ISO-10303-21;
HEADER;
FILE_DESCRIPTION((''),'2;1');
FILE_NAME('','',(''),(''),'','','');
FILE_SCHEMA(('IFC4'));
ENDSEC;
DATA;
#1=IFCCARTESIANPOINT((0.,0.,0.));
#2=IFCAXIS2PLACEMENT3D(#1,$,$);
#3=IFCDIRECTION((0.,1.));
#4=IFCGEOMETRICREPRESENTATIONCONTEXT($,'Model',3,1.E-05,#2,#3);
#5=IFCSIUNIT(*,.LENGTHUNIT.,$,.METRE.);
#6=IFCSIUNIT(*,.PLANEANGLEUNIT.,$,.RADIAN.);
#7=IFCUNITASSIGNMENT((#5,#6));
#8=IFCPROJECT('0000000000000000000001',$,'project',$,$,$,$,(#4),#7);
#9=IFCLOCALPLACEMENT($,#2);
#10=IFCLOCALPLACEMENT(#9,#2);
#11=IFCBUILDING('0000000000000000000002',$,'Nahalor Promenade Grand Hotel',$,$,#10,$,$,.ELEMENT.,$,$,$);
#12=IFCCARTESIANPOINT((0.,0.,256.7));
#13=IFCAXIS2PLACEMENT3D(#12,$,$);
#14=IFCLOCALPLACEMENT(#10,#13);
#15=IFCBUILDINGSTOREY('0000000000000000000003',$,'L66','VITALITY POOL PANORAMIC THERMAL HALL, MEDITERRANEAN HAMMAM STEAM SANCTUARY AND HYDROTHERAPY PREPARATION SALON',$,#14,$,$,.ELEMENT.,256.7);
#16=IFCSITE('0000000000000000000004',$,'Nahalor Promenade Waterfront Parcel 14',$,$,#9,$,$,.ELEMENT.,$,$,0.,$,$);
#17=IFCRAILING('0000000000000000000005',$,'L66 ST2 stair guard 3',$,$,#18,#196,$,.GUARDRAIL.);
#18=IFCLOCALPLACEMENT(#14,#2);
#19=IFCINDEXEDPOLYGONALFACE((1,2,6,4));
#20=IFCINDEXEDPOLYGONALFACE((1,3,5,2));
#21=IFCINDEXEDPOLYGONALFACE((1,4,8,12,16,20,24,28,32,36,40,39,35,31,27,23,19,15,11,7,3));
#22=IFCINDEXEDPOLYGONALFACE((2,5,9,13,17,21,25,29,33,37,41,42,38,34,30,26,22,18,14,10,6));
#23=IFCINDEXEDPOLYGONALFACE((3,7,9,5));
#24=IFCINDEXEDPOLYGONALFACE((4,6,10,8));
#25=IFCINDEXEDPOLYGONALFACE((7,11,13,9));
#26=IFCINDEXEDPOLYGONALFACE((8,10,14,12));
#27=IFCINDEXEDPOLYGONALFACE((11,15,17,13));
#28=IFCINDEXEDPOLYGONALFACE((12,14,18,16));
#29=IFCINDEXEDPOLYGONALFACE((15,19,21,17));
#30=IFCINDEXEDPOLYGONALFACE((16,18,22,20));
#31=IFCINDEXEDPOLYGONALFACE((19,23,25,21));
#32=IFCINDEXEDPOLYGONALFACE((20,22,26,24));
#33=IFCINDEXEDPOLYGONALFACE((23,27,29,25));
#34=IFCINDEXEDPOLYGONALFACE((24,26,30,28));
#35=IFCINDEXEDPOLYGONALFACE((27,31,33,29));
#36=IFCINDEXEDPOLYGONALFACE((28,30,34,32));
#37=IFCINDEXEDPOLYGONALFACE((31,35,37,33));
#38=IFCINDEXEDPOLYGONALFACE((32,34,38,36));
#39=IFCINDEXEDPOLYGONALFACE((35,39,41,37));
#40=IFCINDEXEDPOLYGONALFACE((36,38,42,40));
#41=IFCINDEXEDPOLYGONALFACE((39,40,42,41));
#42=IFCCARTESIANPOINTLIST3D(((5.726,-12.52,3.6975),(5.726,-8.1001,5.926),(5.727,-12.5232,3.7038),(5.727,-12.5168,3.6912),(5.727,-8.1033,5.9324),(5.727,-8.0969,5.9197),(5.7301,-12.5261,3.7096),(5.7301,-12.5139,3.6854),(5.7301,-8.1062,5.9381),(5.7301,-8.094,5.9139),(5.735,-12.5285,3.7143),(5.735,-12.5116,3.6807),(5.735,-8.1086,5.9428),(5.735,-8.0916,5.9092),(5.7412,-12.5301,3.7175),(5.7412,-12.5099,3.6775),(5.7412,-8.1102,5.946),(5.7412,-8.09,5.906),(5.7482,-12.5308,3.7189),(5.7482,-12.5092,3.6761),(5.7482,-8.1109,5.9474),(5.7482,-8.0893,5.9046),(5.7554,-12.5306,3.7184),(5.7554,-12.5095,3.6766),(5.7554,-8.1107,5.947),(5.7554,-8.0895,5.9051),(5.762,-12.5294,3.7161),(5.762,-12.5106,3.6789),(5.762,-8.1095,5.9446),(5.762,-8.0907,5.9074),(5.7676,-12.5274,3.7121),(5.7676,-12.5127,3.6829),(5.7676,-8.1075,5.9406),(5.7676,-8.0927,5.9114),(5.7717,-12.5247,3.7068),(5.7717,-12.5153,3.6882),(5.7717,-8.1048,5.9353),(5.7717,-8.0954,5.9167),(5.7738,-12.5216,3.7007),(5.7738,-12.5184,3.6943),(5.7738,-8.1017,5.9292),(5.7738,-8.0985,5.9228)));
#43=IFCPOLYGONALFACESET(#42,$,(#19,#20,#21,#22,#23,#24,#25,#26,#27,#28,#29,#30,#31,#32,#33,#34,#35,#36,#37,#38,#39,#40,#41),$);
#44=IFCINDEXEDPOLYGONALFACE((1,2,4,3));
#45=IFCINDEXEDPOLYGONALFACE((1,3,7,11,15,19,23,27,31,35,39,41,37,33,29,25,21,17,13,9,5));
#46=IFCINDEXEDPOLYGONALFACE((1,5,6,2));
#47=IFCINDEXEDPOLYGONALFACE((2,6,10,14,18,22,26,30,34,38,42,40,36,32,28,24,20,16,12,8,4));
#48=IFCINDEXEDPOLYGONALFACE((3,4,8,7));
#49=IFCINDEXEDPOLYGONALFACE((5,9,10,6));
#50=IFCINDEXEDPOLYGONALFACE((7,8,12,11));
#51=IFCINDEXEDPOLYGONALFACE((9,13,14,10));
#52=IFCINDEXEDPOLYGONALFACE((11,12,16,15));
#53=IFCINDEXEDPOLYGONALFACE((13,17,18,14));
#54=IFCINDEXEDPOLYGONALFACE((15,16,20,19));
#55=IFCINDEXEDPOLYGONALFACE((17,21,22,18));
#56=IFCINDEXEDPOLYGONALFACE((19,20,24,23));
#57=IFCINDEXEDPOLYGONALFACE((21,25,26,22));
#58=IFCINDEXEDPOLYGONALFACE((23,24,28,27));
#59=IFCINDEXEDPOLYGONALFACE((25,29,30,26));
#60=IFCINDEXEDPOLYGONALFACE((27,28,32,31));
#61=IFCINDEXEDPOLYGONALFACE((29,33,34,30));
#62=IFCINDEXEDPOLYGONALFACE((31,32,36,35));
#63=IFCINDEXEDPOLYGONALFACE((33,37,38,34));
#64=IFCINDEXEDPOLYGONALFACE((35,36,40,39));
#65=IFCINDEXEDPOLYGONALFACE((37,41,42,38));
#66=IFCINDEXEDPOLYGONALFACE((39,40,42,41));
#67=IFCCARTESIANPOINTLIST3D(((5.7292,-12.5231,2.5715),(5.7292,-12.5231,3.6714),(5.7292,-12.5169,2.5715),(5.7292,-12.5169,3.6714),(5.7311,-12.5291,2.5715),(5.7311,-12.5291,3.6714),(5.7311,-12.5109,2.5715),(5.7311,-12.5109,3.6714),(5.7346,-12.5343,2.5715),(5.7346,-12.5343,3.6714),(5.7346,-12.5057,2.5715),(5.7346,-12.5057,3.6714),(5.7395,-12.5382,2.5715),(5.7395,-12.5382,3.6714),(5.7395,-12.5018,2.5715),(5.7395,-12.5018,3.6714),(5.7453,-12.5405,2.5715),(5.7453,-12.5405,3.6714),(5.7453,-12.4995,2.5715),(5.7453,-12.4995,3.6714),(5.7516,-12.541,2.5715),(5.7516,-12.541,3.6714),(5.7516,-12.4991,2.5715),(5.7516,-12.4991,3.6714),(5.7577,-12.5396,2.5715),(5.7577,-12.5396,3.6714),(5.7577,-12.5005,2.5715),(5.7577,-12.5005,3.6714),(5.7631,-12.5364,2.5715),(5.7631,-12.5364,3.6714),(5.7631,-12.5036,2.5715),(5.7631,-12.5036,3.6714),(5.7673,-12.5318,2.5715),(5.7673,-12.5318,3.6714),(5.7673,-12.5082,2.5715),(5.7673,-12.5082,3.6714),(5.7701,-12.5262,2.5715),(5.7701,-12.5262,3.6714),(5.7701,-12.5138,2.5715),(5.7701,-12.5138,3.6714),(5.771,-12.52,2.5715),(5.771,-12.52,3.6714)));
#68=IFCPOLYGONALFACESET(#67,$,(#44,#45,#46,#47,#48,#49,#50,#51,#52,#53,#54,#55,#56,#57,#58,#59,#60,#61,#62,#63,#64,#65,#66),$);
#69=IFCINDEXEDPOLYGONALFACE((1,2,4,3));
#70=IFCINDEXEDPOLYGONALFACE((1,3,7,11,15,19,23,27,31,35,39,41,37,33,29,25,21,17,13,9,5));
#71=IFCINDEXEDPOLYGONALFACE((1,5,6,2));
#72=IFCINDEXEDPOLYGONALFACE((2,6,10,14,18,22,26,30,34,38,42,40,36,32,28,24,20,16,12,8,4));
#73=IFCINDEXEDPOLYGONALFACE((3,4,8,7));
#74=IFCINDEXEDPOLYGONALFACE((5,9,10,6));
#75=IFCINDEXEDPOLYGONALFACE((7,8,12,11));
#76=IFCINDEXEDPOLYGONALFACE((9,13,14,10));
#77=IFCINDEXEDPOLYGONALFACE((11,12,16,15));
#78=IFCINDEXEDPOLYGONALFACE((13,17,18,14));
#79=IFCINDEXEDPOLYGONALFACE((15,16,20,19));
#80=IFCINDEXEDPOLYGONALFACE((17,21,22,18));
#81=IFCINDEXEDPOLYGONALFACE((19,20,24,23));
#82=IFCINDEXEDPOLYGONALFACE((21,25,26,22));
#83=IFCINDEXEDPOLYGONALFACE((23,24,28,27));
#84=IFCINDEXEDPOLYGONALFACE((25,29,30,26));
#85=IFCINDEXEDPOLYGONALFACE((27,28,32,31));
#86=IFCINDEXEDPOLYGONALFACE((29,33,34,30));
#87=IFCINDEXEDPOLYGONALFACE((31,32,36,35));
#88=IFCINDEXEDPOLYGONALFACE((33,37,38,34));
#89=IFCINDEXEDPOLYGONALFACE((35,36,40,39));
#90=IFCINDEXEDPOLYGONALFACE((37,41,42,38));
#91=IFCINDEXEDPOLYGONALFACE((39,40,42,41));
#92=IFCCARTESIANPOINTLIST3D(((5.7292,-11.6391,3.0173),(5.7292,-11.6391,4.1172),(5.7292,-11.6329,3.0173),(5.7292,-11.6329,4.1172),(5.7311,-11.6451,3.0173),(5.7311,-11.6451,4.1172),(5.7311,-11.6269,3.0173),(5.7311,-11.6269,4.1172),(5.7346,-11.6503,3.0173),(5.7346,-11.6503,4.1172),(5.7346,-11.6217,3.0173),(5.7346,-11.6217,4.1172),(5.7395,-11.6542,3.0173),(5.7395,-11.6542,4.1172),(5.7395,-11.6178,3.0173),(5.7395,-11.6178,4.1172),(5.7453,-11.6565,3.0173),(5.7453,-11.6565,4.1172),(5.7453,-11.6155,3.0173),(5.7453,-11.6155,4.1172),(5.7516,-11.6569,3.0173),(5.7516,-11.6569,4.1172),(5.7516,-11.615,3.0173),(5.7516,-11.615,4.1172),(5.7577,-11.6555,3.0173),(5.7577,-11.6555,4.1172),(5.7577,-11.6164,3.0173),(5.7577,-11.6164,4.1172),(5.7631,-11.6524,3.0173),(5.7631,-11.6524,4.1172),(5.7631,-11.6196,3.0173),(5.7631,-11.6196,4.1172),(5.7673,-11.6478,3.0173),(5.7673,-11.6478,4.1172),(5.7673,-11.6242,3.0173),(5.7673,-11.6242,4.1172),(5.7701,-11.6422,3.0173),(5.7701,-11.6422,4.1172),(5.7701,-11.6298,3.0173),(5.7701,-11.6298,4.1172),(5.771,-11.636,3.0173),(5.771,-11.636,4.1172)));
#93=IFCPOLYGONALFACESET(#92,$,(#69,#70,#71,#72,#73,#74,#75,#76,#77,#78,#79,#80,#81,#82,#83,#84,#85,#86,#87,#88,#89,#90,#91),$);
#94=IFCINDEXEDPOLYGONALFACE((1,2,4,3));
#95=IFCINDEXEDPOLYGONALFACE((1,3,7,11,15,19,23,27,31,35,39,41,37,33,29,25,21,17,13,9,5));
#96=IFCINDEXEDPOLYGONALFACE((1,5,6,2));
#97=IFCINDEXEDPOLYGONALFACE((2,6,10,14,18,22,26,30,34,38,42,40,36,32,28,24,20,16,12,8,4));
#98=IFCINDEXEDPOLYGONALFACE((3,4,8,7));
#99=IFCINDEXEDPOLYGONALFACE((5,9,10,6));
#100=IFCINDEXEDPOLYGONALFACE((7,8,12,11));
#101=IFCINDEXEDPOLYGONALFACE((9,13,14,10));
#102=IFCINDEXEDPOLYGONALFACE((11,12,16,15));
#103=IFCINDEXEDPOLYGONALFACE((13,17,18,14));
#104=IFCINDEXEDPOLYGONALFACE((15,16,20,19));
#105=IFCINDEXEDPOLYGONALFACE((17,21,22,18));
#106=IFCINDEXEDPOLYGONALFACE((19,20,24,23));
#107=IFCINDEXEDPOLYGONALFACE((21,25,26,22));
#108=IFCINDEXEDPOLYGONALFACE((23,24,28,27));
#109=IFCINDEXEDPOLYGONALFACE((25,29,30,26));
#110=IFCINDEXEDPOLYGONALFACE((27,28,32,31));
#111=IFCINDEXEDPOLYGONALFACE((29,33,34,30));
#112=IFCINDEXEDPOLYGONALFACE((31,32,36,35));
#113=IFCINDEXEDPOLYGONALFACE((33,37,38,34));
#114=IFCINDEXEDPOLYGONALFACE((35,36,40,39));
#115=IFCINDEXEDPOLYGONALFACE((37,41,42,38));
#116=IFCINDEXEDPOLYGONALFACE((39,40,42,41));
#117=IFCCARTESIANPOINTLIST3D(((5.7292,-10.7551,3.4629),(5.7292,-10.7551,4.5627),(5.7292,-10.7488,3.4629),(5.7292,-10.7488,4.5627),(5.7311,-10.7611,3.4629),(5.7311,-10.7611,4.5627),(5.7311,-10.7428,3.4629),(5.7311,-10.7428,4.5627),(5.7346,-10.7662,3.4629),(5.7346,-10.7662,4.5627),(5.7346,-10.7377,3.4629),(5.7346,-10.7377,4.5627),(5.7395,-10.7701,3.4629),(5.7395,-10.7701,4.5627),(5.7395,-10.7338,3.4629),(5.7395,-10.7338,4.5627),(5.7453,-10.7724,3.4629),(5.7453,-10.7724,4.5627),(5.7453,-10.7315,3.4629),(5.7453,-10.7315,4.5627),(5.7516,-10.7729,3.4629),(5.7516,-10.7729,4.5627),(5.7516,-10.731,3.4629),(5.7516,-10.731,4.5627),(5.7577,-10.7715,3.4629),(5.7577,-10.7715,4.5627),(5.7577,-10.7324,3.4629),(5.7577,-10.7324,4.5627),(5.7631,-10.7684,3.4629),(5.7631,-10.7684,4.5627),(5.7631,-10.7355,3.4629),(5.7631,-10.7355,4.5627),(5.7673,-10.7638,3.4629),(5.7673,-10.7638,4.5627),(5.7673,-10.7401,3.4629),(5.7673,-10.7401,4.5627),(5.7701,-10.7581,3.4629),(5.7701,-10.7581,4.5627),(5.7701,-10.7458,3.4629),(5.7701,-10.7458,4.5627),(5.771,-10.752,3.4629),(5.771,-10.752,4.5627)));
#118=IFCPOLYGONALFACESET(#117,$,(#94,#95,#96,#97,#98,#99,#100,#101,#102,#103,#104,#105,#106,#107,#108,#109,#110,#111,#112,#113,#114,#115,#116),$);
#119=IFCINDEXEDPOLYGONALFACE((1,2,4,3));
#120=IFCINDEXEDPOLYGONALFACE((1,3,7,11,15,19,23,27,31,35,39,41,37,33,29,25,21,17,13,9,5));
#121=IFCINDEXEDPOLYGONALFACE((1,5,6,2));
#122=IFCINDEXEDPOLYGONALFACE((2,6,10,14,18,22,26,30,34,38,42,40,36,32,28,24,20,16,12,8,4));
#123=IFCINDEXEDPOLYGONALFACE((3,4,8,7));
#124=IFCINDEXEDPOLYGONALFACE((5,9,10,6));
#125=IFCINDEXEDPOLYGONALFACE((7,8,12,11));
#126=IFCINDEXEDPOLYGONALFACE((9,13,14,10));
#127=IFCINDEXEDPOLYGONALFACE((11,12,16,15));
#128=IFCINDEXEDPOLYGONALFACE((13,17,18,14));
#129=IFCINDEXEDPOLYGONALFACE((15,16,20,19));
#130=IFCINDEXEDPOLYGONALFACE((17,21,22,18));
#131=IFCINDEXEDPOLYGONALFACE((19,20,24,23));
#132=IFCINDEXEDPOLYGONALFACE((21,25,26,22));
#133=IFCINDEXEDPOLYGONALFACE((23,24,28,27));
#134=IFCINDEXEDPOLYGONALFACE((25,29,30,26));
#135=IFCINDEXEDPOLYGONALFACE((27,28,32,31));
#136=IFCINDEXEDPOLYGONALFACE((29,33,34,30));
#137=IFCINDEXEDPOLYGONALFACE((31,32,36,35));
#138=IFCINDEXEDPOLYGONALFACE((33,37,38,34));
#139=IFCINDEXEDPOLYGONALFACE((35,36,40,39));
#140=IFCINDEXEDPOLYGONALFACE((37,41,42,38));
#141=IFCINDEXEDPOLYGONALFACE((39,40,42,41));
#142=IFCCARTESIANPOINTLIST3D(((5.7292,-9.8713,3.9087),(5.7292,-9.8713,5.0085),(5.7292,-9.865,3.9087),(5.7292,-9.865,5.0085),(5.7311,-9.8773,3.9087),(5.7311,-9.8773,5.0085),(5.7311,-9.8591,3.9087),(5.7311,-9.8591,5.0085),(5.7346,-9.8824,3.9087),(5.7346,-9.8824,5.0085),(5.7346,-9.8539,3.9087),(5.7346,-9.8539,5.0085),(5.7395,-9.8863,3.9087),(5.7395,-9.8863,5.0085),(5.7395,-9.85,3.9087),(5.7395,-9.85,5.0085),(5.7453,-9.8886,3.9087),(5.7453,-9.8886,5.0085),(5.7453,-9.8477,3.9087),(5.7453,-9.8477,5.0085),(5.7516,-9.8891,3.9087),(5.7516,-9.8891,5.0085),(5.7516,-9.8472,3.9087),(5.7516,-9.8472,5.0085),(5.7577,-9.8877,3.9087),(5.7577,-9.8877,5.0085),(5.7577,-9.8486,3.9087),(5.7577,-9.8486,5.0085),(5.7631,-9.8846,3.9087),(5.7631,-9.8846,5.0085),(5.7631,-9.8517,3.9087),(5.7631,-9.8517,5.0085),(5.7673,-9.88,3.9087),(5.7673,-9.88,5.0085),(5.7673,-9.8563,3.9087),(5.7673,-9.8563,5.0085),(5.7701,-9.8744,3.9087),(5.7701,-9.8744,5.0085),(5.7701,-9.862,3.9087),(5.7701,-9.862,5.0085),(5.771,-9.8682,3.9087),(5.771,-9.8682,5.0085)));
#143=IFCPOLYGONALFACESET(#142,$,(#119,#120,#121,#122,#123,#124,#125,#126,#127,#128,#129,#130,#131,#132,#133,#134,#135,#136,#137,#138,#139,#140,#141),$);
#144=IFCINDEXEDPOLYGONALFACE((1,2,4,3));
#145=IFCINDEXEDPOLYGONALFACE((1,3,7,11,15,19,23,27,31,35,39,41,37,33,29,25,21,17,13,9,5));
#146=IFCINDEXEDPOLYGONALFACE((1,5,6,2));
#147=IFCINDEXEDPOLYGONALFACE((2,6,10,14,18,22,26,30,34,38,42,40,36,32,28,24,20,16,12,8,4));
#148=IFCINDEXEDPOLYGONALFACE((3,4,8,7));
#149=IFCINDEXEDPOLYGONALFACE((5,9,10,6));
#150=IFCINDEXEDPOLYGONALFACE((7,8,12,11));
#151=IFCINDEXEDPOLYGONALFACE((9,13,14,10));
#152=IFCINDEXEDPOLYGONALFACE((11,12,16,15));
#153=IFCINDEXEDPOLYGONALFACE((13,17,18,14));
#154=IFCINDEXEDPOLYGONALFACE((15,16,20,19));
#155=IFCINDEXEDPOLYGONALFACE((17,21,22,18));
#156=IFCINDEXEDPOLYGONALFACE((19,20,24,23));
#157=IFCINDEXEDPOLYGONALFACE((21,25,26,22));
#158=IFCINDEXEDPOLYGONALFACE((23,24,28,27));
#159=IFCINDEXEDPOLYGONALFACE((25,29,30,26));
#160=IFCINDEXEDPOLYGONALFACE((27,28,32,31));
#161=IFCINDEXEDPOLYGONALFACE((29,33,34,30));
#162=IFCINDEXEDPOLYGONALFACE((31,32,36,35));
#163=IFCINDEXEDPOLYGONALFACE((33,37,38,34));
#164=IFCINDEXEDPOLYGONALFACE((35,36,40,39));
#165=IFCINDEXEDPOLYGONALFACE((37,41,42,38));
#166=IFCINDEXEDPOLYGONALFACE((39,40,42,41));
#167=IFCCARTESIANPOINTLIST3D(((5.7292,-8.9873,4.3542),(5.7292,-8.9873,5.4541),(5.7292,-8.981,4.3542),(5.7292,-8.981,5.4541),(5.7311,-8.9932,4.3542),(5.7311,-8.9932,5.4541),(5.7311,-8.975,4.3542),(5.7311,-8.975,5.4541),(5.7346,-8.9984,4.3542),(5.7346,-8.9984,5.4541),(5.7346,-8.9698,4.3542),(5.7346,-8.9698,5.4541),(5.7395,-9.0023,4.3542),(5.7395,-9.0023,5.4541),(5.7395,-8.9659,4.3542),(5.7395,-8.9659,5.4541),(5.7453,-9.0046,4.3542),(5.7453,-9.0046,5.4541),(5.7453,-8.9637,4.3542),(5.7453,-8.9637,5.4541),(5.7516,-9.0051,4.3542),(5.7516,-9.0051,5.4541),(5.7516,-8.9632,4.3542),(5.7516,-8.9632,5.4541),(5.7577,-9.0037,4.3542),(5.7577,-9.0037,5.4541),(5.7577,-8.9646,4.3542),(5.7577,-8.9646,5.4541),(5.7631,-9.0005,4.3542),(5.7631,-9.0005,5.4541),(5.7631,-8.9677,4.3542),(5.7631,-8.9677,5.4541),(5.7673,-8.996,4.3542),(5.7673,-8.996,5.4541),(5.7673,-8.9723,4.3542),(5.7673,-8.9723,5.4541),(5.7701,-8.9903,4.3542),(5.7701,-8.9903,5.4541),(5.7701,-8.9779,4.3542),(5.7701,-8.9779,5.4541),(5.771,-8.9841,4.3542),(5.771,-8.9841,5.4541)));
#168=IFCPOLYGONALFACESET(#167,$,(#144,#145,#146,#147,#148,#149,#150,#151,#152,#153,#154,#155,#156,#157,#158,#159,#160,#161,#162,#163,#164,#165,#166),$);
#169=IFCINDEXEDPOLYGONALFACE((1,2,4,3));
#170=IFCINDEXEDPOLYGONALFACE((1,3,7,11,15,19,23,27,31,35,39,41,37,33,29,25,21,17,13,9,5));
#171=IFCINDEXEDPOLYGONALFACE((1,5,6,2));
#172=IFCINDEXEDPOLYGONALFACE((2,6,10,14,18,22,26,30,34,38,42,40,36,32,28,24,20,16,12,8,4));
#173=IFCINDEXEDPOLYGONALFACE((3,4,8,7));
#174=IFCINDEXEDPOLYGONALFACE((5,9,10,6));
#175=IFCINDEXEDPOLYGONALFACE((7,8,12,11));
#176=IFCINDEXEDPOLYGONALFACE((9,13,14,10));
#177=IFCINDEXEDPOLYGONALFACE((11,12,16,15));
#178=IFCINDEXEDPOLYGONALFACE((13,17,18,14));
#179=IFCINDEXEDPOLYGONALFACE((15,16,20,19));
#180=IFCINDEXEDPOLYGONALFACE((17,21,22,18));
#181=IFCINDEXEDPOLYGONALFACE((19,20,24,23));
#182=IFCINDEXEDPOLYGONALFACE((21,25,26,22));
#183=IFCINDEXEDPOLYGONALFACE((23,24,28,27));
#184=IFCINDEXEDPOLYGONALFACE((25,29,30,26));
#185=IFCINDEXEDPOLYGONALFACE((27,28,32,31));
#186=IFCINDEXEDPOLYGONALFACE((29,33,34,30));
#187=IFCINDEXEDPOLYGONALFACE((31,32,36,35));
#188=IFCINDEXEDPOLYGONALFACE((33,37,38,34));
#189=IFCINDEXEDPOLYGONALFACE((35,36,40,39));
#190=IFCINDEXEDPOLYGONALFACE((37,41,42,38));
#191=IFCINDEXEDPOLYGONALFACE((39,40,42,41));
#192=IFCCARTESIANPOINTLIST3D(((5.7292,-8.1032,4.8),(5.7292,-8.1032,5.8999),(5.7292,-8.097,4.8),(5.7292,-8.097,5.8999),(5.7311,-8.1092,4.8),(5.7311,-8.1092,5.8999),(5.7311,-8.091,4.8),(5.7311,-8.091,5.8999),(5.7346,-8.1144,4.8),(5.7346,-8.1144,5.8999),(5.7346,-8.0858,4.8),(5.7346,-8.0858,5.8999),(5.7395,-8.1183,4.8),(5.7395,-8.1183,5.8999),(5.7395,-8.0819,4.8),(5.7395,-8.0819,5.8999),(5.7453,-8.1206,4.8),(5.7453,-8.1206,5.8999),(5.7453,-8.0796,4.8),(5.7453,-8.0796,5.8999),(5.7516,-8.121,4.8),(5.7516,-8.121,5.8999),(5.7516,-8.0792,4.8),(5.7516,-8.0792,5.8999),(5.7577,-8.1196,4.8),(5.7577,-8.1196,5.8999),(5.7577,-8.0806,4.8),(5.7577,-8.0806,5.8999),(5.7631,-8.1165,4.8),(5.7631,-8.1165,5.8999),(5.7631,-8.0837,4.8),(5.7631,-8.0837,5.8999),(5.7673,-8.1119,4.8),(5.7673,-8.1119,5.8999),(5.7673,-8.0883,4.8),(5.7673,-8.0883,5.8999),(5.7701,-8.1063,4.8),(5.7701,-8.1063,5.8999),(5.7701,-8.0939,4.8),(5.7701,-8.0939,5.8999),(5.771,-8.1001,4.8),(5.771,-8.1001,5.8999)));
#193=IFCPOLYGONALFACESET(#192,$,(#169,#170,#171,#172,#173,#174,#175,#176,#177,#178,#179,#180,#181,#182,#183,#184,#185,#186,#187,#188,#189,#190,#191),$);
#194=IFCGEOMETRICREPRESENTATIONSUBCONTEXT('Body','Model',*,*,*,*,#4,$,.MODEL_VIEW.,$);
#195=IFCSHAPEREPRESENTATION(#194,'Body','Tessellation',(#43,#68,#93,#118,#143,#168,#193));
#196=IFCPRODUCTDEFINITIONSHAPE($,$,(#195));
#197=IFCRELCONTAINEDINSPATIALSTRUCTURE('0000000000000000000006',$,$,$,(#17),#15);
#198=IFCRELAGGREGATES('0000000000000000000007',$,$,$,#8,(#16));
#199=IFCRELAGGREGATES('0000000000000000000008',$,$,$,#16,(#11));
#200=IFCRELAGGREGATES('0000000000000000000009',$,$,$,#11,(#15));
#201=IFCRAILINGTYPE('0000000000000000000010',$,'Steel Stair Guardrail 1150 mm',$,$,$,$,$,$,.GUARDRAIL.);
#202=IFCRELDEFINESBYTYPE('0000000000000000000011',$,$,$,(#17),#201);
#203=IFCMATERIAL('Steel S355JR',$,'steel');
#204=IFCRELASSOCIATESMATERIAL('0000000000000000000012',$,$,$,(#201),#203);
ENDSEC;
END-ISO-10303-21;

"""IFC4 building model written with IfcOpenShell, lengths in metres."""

from ifc_helpers import new_model, si_unit, direction, frame, origin, origin_2d, place, context, subcontext, project, spatial, circle, extrude, material, type_object, element, save


model = new_model("IFC4")

# Units and contexts
model_context = context("Model", 3, precision=1e-05, world=origin(), true_north=direction((0.0, 1.0)))
body_context = subcontext(model_context, "Body", "Model", "MODEL_VIEW")
ifc_project = project(units=[si_unit("LENGTHUNIT", "METRE"), si_unit("PLANEANGLEUNIT", "RADIAN")], contexts=[model_context])

# Site, building, storey
site_placement = place(None, origin())
site = spatial("IfcSite", under=ifc_project, at=site_placement, Name="Nahalor Promenade Waterfront Parcel 14", CompositionType="ELEMENT", RefElevation=0.0)
building_placement = place(site_placement, origin())
building = spatial("IfcBuilding", under=site, at=building_placement, Name="Nahalor Promenade Grand Hotel", CompositionType="ELEMENT")
storey_placement = place(building_placement, frame((0.0, 0.0, 256.7)))
storey = spatial("IfcBuildingStorey", under=building, at=storey_placement, Name="L66", Description="VITALITY POOL PANORAMIC THERMAL HALL, MEDITERRANEAN HAMMAM STEAM SANCTUARY AND HYDROTHERAPY PREPARATION SALON", CompositionType="ELEMENT", Elevation=256.7)

# Shared definitions
ifc_material_1 = material(Name="Steel S355JR", Category="steel")

# Railing
railing_type_1 = type_object("IfcRailingType", Name="Steel Stair Guardrail 1150 mm", PredefinedType="GUARDRAIL", material=ifc_material_1)
railing_1_placement = place(storey_placement, frame((5.75, -12.52, 2.5715)))
element("IfcRailing", 1, at=railing_1_placement, inside=storey, type_object=railing_type_1, Name="L66 ST2 stair guard 3", PredefinedType="GUARDRAIL", context=body_context, shape_type="SweptSolid", body=[
    extrude(circle(Radius=0.024, at=origin_2d()), frame((0.0, 0.0, 1.126), z_axis=(0.0, 0.892923, 0.45021), x_axis=(-1.0, 0.0, 0.0)), (0.0, 0.0, 1.0), 4.95),
    extrude(circle(Radius=0.021, at=origin_2d()), origin(), (0.0, 0.0, 1.0), 1.0999),
    extrude(circle(Radius=0.021, at=origin_2d()), frame((0.0, 0.884, 0.4458)), (0.0, 0.0, 1.0), 1.0999),
    extrude(circle(Radius=0.021, at=origin_2d()), frame((0.0, 1.7681, 0.8914)), (0.0, 0.0, 1.0), 1.0999),
    extrude(circle(Radius=0.021, at=origin_2d()), frame((0.0, 2.6519, 1.3372)), (0.0, 0.0, 1.0), 1.0999),
    extrude(circle(Radius=0.021, at=origin_2d()), frame((0.0, 3.5359, 1.7827)), (0.0, 0.0, 1.0), 1.0999),
    extrude(circle(Radius=0.021, at=origin_2d()), frame((0.0, 4.4199, 2.2285)), (0.0, 0.0, 1.0), 1.0999),
])

save(model, "model.ifc")
